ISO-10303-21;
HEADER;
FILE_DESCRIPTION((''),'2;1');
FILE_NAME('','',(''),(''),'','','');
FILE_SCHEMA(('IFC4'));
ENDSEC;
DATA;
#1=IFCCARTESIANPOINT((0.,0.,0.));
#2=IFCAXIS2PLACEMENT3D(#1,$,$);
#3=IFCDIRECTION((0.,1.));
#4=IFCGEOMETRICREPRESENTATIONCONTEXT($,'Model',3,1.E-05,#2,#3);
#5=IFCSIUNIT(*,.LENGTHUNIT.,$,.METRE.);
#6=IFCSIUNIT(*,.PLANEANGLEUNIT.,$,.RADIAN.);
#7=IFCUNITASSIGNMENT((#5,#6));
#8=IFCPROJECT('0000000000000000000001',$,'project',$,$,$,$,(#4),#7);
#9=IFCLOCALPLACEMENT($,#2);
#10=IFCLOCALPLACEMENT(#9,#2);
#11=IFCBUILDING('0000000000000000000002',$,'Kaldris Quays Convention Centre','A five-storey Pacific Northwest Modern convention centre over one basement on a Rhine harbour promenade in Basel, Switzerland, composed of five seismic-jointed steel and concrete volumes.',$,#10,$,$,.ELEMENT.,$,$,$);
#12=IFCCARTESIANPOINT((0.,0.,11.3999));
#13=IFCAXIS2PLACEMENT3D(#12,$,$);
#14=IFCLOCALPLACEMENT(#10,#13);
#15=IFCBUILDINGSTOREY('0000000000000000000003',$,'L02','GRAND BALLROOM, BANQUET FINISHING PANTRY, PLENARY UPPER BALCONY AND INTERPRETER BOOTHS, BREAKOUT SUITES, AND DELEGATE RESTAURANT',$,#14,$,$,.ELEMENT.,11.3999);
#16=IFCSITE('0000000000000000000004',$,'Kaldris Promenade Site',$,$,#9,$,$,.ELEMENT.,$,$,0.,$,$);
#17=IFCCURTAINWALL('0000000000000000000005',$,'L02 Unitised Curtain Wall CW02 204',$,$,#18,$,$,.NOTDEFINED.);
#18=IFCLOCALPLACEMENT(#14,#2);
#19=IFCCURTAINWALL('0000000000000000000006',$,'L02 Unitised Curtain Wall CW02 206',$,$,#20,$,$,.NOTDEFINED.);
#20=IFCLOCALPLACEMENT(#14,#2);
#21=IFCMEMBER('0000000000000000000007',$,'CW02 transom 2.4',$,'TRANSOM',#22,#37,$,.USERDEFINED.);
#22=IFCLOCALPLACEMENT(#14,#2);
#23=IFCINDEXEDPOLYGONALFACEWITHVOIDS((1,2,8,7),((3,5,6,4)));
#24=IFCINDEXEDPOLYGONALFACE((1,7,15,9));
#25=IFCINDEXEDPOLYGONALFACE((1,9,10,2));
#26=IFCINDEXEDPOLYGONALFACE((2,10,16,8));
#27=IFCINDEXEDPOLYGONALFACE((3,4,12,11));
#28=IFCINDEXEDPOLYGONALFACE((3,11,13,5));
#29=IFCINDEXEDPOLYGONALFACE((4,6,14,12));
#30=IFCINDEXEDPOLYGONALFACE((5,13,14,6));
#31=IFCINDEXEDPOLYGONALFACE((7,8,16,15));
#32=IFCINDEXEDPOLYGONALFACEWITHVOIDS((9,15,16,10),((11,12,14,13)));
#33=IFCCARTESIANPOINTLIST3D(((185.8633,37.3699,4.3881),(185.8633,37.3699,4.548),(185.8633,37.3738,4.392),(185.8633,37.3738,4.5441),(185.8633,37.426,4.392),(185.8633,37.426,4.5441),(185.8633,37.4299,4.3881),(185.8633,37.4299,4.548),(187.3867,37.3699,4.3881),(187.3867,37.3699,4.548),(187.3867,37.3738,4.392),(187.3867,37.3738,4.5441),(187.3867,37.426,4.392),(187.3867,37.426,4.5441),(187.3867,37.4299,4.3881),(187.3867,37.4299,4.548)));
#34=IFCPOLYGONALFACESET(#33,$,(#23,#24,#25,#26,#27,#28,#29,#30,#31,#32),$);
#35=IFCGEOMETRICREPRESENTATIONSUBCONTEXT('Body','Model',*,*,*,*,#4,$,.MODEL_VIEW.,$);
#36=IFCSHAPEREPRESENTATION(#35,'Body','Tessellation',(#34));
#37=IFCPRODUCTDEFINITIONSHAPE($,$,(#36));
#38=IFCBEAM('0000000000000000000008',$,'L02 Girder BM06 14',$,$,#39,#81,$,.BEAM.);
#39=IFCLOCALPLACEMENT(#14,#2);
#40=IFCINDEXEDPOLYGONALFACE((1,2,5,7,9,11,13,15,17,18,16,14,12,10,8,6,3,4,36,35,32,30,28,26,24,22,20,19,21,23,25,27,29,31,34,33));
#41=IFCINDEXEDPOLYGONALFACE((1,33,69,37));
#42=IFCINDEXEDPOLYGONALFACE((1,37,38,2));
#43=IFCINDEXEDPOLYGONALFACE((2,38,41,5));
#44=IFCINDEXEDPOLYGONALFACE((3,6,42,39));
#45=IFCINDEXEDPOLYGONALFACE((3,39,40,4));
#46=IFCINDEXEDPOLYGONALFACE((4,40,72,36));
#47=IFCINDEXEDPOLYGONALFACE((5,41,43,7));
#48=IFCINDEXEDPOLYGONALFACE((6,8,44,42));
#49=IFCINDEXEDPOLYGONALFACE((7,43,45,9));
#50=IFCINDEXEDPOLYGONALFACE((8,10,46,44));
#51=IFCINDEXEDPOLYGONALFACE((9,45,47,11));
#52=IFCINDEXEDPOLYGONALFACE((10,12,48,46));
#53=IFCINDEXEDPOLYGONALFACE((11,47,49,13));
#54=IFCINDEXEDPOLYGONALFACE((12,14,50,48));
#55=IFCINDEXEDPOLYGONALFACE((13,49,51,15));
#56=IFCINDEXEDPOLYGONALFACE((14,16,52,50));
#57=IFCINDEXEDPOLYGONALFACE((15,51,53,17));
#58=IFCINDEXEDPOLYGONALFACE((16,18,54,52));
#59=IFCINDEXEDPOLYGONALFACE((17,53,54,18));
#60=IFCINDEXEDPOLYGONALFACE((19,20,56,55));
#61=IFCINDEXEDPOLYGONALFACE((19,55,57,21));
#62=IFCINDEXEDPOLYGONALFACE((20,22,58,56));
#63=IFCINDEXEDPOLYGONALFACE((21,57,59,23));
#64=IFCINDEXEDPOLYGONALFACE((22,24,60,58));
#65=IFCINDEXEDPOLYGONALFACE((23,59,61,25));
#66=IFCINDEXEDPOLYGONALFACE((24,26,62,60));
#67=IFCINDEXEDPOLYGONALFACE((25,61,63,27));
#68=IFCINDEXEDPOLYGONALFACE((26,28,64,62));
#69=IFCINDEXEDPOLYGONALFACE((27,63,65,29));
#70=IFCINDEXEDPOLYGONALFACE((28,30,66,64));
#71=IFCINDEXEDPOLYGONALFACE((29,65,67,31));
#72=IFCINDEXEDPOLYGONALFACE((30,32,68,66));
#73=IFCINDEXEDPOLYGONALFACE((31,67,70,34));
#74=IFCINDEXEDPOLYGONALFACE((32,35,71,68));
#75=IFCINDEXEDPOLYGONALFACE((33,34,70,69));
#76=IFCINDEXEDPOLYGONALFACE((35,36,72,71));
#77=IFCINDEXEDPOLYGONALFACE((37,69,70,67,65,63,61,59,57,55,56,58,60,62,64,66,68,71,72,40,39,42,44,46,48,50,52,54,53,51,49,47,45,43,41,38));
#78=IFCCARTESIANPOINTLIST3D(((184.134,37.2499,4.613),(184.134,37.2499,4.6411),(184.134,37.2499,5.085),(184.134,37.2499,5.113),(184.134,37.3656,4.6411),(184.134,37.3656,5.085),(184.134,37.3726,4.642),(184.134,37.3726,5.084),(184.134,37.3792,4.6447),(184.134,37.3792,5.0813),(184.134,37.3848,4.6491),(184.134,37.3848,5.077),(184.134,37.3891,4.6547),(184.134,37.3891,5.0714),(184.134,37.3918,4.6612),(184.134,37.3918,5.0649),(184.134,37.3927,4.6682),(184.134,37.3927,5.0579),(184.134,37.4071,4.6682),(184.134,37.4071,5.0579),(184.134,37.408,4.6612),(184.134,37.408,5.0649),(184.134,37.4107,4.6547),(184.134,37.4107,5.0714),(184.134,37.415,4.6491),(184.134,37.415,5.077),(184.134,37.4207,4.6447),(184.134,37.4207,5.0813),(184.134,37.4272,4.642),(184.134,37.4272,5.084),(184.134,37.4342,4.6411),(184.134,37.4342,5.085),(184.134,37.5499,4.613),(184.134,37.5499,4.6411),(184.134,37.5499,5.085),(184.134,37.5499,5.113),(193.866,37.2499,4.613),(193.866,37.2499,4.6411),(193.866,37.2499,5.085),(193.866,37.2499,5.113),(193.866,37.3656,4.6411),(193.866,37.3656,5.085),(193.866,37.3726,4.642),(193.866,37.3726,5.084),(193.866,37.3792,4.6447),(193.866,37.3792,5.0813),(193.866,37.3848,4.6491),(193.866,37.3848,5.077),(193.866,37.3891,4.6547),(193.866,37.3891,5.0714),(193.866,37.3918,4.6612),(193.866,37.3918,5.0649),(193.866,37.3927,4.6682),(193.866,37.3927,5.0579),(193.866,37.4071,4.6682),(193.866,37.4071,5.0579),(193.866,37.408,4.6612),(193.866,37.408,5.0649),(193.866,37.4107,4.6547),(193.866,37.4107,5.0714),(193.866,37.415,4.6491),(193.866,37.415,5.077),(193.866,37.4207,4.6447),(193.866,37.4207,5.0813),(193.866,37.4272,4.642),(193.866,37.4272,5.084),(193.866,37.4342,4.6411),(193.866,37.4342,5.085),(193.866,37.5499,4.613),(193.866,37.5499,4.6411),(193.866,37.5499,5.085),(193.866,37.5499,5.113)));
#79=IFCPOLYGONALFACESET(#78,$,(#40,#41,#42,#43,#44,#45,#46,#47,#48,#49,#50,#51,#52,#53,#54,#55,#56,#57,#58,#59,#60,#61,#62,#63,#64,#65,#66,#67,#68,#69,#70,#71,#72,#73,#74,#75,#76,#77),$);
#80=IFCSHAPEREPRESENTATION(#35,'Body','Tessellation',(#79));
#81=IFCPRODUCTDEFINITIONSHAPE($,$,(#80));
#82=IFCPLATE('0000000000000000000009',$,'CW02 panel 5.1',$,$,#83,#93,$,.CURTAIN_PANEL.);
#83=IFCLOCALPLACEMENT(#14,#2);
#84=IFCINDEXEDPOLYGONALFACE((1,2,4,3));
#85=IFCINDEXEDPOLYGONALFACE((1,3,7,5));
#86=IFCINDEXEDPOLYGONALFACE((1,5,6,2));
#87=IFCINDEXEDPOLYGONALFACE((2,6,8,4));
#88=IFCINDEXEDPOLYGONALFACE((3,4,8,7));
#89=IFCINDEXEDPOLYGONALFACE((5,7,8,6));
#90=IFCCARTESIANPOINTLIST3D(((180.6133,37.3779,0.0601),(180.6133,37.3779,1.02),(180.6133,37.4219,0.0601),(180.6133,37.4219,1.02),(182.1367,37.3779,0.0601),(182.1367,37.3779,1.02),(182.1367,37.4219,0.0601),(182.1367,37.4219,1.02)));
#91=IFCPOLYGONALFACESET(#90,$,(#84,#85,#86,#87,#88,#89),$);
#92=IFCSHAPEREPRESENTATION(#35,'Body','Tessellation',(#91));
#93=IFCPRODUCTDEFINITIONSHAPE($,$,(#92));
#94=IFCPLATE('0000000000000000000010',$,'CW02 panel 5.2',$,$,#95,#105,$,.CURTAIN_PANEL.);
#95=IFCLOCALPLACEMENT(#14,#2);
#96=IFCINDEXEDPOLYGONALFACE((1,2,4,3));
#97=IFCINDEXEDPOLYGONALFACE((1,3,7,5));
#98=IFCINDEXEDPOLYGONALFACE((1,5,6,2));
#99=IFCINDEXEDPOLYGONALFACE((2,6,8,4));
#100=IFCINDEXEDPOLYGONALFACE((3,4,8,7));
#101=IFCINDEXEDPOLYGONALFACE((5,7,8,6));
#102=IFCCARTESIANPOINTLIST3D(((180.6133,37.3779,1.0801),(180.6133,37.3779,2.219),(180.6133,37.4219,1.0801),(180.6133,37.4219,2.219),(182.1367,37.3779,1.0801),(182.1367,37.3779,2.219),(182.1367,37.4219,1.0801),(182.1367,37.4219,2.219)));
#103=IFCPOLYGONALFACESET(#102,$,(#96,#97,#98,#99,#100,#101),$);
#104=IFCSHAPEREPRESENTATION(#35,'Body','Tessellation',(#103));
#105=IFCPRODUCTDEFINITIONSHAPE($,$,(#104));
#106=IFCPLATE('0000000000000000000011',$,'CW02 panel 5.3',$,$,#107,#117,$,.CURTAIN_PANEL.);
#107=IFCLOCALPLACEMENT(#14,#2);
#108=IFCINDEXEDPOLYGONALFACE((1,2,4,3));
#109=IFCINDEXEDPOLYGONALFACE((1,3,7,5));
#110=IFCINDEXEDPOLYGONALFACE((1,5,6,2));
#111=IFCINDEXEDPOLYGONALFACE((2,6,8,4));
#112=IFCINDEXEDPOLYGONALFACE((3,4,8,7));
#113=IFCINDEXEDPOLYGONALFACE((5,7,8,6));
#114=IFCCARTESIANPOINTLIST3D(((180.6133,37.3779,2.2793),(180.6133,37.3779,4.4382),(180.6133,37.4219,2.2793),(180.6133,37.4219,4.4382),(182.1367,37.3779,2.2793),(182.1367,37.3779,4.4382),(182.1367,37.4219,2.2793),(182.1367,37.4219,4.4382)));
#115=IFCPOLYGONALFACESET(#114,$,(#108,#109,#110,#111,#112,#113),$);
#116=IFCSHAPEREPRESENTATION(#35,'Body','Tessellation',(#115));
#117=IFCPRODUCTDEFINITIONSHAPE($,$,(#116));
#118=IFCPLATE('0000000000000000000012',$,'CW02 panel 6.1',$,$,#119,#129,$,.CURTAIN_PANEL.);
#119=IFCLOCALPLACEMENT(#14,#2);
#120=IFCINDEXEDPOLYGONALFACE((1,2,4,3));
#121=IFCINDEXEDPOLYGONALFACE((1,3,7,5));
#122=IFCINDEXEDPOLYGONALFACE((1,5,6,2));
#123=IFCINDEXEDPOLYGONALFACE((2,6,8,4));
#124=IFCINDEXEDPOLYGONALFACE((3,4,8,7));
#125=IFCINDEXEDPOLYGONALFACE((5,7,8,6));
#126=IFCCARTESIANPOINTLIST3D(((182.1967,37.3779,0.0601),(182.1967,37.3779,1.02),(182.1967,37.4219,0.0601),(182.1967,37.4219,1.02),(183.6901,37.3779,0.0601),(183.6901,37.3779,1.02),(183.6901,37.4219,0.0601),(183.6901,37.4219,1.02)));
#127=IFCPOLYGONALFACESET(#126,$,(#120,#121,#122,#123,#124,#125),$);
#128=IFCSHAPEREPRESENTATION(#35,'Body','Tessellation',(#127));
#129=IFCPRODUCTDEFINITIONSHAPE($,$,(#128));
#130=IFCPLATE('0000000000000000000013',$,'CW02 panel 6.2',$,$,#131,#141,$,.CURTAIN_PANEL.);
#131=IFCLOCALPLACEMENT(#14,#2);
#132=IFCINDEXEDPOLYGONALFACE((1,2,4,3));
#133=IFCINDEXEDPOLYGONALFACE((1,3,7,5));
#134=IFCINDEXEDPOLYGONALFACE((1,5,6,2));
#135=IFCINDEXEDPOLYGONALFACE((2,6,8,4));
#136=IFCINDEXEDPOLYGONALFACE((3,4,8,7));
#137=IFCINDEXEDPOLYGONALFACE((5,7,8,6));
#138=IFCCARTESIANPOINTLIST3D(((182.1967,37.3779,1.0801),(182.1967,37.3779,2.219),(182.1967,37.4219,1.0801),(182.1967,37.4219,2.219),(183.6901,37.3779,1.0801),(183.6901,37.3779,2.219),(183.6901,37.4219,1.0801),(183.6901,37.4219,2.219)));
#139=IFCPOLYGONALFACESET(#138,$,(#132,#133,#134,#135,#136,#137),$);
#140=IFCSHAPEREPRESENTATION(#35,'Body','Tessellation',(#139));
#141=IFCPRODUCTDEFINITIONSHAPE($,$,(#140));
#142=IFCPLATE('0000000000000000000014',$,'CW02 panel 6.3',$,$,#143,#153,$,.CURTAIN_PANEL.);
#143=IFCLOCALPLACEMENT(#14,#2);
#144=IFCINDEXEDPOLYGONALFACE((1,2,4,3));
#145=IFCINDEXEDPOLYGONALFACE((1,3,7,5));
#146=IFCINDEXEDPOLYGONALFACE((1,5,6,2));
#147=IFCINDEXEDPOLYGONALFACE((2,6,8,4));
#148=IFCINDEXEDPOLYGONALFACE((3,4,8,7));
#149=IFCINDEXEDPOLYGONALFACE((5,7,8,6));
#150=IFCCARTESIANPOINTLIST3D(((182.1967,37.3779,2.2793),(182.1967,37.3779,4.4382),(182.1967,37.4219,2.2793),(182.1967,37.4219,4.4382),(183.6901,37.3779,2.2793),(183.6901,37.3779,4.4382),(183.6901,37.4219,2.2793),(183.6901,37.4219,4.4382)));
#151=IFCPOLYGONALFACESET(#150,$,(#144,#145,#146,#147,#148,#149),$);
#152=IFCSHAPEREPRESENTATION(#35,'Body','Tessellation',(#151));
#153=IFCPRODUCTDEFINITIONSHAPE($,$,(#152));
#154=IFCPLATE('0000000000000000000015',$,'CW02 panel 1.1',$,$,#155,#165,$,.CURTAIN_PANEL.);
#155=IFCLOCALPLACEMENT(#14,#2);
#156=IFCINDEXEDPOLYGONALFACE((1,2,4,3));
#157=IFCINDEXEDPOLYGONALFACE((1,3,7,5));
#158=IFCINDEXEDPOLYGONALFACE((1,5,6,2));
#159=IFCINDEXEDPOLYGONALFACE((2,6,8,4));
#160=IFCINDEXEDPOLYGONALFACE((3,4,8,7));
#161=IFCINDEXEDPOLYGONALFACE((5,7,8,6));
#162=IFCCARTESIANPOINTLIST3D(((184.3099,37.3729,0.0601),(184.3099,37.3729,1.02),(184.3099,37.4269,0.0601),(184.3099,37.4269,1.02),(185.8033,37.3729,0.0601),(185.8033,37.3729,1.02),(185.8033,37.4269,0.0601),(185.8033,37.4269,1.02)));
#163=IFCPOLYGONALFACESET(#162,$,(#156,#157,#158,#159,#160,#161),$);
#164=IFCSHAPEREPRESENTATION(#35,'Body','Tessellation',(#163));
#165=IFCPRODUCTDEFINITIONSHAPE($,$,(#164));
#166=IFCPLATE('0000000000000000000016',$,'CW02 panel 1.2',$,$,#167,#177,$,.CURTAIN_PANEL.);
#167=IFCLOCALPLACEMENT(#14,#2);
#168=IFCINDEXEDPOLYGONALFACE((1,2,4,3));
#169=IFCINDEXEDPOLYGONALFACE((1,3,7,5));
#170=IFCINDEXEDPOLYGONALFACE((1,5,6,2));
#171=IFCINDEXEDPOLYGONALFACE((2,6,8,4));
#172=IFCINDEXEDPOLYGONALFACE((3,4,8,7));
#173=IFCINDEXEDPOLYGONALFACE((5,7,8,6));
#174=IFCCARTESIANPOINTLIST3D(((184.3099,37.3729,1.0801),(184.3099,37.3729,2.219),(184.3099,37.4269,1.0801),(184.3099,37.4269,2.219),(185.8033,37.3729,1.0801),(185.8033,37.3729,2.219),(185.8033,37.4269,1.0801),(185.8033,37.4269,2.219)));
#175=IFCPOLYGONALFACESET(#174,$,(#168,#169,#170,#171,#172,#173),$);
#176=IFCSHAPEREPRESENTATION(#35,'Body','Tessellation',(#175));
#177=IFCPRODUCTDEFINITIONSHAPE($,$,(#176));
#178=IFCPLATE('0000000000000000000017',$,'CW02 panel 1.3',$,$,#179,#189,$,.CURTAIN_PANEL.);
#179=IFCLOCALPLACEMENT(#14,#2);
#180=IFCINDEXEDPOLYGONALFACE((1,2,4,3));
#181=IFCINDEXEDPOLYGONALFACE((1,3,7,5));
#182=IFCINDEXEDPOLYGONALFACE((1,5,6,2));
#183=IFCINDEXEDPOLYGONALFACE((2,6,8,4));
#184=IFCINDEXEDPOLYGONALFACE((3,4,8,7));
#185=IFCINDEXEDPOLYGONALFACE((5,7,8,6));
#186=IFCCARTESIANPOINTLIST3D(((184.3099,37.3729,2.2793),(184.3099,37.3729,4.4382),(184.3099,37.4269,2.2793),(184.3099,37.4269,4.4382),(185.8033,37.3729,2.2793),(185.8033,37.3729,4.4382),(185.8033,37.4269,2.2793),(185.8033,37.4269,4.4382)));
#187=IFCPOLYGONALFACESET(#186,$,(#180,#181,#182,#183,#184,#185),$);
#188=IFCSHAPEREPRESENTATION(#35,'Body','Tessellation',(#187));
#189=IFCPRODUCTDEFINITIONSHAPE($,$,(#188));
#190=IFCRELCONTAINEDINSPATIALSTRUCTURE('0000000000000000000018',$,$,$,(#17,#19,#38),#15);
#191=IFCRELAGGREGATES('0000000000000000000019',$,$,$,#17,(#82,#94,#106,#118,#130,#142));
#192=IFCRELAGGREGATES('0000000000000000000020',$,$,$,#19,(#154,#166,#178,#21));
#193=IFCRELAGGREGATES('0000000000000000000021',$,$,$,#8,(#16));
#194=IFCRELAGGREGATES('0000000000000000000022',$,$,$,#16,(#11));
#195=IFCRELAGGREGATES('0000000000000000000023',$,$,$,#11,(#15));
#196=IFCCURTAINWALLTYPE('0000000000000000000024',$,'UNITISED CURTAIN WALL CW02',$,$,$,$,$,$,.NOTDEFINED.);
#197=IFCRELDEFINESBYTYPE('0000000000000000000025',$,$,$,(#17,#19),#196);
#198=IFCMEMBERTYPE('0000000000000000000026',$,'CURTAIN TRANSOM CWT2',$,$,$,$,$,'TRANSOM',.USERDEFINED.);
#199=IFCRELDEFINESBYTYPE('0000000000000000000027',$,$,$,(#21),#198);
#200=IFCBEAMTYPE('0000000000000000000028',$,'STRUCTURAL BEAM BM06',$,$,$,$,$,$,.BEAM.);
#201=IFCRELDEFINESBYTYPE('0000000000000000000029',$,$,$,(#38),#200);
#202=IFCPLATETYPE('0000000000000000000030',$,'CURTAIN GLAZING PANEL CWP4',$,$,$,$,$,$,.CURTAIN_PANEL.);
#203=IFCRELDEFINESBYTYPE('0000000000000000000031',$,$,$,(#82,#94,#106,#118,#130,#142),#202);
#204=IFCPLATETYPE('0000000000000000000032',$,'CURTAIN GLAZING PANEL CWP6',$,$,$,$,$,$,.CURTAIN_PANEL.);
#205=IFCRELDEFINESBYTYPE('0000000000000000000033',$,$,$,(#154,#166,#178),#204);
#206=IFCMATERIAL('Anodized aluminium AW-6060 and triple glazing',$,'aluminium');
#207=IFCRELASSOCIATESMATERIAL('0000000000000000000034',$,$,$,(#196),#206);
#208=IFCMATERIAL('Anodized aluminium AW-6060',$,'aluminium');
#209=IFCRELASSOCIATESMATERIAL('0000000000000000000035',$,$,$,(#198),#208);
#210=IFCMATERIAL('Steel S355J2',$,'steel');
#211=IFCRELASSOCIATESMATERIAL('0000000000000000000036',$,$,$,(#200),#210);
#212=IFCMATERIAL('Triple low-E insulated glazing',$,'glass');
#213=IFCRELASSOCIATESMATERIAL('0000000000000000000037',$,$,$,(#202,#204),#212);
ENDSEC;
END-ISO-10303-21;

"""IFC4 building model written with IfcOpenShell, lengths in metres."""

from ifc_helpers import new_model, si_unit, direction, frame, origin, origin_2d, place, context, subcontext, project, spatial, rectangle, hollow_rectangle, i_section, extrude, material, material_profile, profile_set, type_object, element, aggregate, save


model = new_model("IFC4")

# Units and contexts
model_context = context("Model", 3, precision=1e-05, world=origin(), true_north=direction((0.0, 1.0)))
body_context = subcontext(model_context, "Body", "Model", "MODEL_VIEW")
ifc_project = project(units=[si_unit("LENGTHUNIT", "METRE"), si_unit("PLANEANGLEUNIT", "RADIAN")], contexts=[model_context])

# Site, building, storey
site_placement = place(None, origin())
site = spatial("IfcSite", under=ifc_project, at=site_placement, Name="Kaldris Promenade Site", CompositionType="ELEMENT", RefElevation=0.0)
building_placement = place(site_placement, origin())
building = spatial("IfcBuilding", under=site, at=building_placement, Name="Kaldris Quays Convention Centre", Description="A five-storey Pacific Northwest Modern convention centre over one basement on a Rhine harbour promenade in Basel, Switzerland, composed of five seismic-jointed steel and concrete volumes.", CompositionType="ELEMENT")
storey_placement = place(building_placement, frame((0.0, 0.0, 11.3999)))
storey = spatial("IfcBuildingStorey", under=building, at=storey_placement, Name="L02", Description="GRAND BALLROOM, BANQUET FINISHING PANTRY, PLENARY UPPER BALCONY AND INTERPRETER BOOTHS, BREAKOUT SUITES, AND DELEGATE RESTAURANT", CompositionType="ELEMENT", Elevation=11.3999)

# Shared definitions
ifc_material_1 = material(Name="Steel S355J2", Category="steel")

# Curtain walls
ifc_material_2 = material(Name="Anodized aluminium AW-6060 and triple glazing", Category="aluminium")
curtain_wall_type = type_object("IfcCurtainWallType", Name="UNITISED CURTAIN WALL CW02", PredefinedType="NOTDEFINED", material=ifc_material_2)
curtain_wall_1_placement = place(storey_placement, origin())
curtain_wall_1 = element("IfcCurtainWall", 1, at=curtain_wall_1_placement, inside=storey, type_object=curtain_wall_type, Name="L02 Unitised Curtain Wall CW02 204", PredefinedType="NOTDEFINED")
ifc_material_3 = material(Name="Anodized aluminium AW-6060", Category="aluminium")
curtain_wall_2_placement = place(storey_placement, origin())
curtain_wall_2 = element("IfcCurtainWall", 2, at=curtain_wall_2_placement, inside=storey, type_object=curtain_wall_type, Name="L02 Unitised Curtain Wall CW02 206", PredefinedType="NOTDEFINED")

# Member
ifc_material_profile_1 = material_profile(ifc_material_3, hollow_rectangle(XDim=0.0601, YDim=0.1599, WallThickness=0.0039, at=origin_2d()), Name="RHS 160x60x4")
ifc_profile_set_1 = profile_set([ifc_material_profile_1], Name="Anodized aluminium AW-6060")
member_type_1 = type_object("IfcMemberType", Name="CURTAIN TRANSOM CWT2", ElementType="TRANSOM", PredefinedType="USERDEFINED", material=ifc_profile_set_1)
member_1_placement = place(storey_placement, frame((185.8633, 37.3999, 4.468), z_axis=(1.0, 0.0, 0.0), x_axis=(0.0, 1.0, 0.0)))
member_1 = element("IfcMember", 3, at=member_1_placement, type_object=member_type_1, Name="CW02 transom 2.4", ObjectType="TRANSOM", PredefinedType="USERDEFINED", context=body_context, shape_type="SweptSolid", body=[
    extrude(hollow_rectangle(XDim=0.0601, YDim=0.1599, WallThickness=0.0039, at=origin_2d()), origin(), (0.0, 0.0, 1.0), 1.5234),
])

# Beam
ifc_material_profile_2 = material_profile(ifc_material_1, i_section(OverallWidth=0.3, OverallDepth=0.5, WebThickness=0.0144, FlangeThickness=0.0281, FilletRadius=0.0271, at=origin_2d()), Name="HEB 500")
ifc_profile_set_2 = profile_set([ifc_material_profile_2], Name="Steel S355J2")
beam_type = type_object("IfcBeamType", Name="STRUCTURAL BEAM BM06", PredefinedType="BEAM", material=ifc_profile_set_2)
beam_placement = place(storey_placement, frame((184.134, 37.3999, 4.863), z_axis=(1.0, 0.0, 0.0), x_axis=(0.0, 1.0, 0.0)))
element("IfcBeam", 4, at=beam_placement, inside=storey, type_object=beam_type, Name="L02 Girder BM06 14", PredefinedType="BEAM", context=body_context, shape_type="SweptSolid", body=[
    extrude(i_section(OverallWidth=0.3, OverallDepth=0.5, WebThickness=0.0144, FlangeThickness=0.0281, FilletRadius=0.0271, at=origin_2d()), origin(), (0.0, 0.0, 1.0), 9.7319),
])

# Plates
ifc_material_4 = material(Name="Triple low-E insulated glazing", Category="glass")
plate_type_1 = type_object("IfcPlateType", Name="CURTAIN GLAZING PANEL CWP4", PredefinedType="CURTAIN_PANEL", material=ifc_material_4)
plate_1_placement = place(storey_placement, frame((181.375, 37.3999, 0.0601), z_axis=(0.0, 0.0, 1.0), x_axis=(1.0, 0.0, 0.0)))
plate_1 = element("IfcPlate", 5, at=plate_1_placement, type_object=plate_type_1, Name="CW02 panel 5.1", PredefinedType="CURTAIN_PANEL", context=body_context, shape_type="SweptSolid", body=[
    extrude(rectangle(XDim=1.5234, YDim=0.0439, at=origin_2d()), origin(), (0.0, 0.0, 1.0), 0.96),
])
plate_2_placement = place(storey_placement, frame((181.375, 37.3999, 1.0801), z_axis=(0.0, 0.0, 1.0), x_axis=(1.0, 0.0, 0.0)))
plate_2 = element("IfcPlate", 6, at=plate_2_placement, type_object=plate_type_1, Name="CW02 panel 5.2", PredefinedType="CURTAIN_PANEL", context=body_context, shape_type="SweptSolid", body=[
    extrude(rectangle(XDim=1.5234, YDim=0.0439, at=origin_2d()), origin(), (0.0, 0.0, 1.0), 1.1389),
])
plate_3_placement = place(storey_placement, frame((181.375, 37.3999, 2.2793), z_axis=(0.0, 0.0, 1.0), x_axis=(1.0, 0.0, 0.0)))
plate_3 = element("IfcPlate", 7, at=plate_3_placement, type_object=plate_type_1, Name="CW02 panel 5.3", PredefinedType="CURTAIN_PANEL", context=body_context, shape_type="SweptSolid", body=[
    extrude(rectangle(XDim=1.5234, YDim=0.0439, at=origin_2d()), origin(), (0.0, 0.0, 1.0), 2.1589),
])
plate_4_placement = place(storey_placement, frame((182.9434, 37.3999, 0.0601), z_axis=(0.0, 0.0, 1.0), x_axis=(1.0, 0.0, 0.0)))
plate_4 = element("IfcPlate", 8, at=plate_4_placement, type_object=plate_type_1, Name="CW02 panel 6.1", PredefinedType="CURTAIN_PANEL", context=body_context, shape_type="SweptSolid", body=[
    extrude(rectangle(XDim=1.4934, YDim=0.0439, at=origin_2d()), origin(), (0.0, 0.0, 1.0), 0.96),
])
plate_5_placement = place(storey_placement, frame((182.9434, 37.3999, 1.0801), z_axis=(0.0, 0.0, 1.0), x_axis=(1.0, 0.0, 0.0)))
plate_5 = element("IfcPlate", 9, at=plate_5_placement, type_object=plate_type_1, Name="CW02 panel 6.2", PredefinedType="CURTAIN_PANEL", context=body_context, shape_type="SweptSolid", body=[
    extrude(rectangle(XDim=1.4934, YDim=0.0439, at=origin_2d()), origin(), (0.0, 0.0, 1.0), 1.1389),
])
plate_6_placement = place(storey_placement, frame((182.9434, 37.3999, 2.2793), z_axis=(0.0, 0.0, 1.0), x_axis=(1.0, 0.0, 0.0)))
plate_6 = element("IfcPlate", 10, at=plate_6_placement, type_object=plate_type_1, Name="CW02 panel 6.3", PredefinedType="CURTAIN_PANEL", context=body_context, shape_type="SweptSolid", body=[
    extrude(rectangle(XDim=1.4934, YDim=0.0439, at=origin_2d()), origin(), (0.0, 0.0, 1.0), 2.1589),
])
aggregate(curtain_wall_1, [plate_1, plate_2, plate_3, plate_4, plate_5, plate_6])
plate_type_2 = type_object("IfcPlateType", Name="CURTAIN GLAZING PANEL CWP6", PredefinedType="CURTAIN_PANEL", material=ifc_material_4)
plate_7_placement = place(storey_placement, frame((185.0566, 37.3999, 0.0601), z_axis=(0.0, 0.0, 1.0), x_axis=(1.0, 0.0, 0.0)))
plate_7 = element("IfcPlate", 11, at=plate_7_placement, type_object=plate_type_2, Name="CW02 panel 1.1", PredefinedType="CURTAIN_PANEL", context=body_context, shape_type="SweptSolid", body=[
    extrude(rectangle(XDim=1.4934, YDim=0.054, at=origin_2d()), origin(), (0.0, 0.0, 1.0), 0.96),
])
plate_8_placement = place(storey_placement, frame((185.0566, 37.3999, 1.0801), z_axis=(0.0, 0.0, 1.0), x_axis=(1.0, 0.0, 0.0)))
plate_8 = element("IfcPlate", 12, at=plate_8_placement, type_object=plate_type_2, Name="CW02 panel 1.2", PredefinedType="CURTAIN_PANEL", context=body_context, shape_type="SweptSolid", body=[
    extrude(rectangle(XDim=1.4934, YDim=0.054, at=origin_2d()), origin(), (0.0, 0.0, 1.0), 1.1389),
])
plate_9_placement = place(storey_placement, frame((185.0566, 37.3999, 2.2793), z_axis=(0.0, 0.0, 1.0), x_axis=(1.0, 0.0, 0.0)))
plate_9 = element("IfcPlate", 13, at=plate_9_placement, type_object=plate_type_2, Name="CW02 panel 1.3", PredefinedType="CURTAIN_PANEL", context=body_context, shape_type="SweptSolid", body=[
    extrude(rectangle(XDim=1.4934, YDim=0.054, at=origin_2d()), origin(), (0.0, 0.0, 1.0), 2.1589),
])
aggregate(curtain_wall_2, [plate_7, plate_8, plate_9, member_1])

save(model, "model.ifc")
